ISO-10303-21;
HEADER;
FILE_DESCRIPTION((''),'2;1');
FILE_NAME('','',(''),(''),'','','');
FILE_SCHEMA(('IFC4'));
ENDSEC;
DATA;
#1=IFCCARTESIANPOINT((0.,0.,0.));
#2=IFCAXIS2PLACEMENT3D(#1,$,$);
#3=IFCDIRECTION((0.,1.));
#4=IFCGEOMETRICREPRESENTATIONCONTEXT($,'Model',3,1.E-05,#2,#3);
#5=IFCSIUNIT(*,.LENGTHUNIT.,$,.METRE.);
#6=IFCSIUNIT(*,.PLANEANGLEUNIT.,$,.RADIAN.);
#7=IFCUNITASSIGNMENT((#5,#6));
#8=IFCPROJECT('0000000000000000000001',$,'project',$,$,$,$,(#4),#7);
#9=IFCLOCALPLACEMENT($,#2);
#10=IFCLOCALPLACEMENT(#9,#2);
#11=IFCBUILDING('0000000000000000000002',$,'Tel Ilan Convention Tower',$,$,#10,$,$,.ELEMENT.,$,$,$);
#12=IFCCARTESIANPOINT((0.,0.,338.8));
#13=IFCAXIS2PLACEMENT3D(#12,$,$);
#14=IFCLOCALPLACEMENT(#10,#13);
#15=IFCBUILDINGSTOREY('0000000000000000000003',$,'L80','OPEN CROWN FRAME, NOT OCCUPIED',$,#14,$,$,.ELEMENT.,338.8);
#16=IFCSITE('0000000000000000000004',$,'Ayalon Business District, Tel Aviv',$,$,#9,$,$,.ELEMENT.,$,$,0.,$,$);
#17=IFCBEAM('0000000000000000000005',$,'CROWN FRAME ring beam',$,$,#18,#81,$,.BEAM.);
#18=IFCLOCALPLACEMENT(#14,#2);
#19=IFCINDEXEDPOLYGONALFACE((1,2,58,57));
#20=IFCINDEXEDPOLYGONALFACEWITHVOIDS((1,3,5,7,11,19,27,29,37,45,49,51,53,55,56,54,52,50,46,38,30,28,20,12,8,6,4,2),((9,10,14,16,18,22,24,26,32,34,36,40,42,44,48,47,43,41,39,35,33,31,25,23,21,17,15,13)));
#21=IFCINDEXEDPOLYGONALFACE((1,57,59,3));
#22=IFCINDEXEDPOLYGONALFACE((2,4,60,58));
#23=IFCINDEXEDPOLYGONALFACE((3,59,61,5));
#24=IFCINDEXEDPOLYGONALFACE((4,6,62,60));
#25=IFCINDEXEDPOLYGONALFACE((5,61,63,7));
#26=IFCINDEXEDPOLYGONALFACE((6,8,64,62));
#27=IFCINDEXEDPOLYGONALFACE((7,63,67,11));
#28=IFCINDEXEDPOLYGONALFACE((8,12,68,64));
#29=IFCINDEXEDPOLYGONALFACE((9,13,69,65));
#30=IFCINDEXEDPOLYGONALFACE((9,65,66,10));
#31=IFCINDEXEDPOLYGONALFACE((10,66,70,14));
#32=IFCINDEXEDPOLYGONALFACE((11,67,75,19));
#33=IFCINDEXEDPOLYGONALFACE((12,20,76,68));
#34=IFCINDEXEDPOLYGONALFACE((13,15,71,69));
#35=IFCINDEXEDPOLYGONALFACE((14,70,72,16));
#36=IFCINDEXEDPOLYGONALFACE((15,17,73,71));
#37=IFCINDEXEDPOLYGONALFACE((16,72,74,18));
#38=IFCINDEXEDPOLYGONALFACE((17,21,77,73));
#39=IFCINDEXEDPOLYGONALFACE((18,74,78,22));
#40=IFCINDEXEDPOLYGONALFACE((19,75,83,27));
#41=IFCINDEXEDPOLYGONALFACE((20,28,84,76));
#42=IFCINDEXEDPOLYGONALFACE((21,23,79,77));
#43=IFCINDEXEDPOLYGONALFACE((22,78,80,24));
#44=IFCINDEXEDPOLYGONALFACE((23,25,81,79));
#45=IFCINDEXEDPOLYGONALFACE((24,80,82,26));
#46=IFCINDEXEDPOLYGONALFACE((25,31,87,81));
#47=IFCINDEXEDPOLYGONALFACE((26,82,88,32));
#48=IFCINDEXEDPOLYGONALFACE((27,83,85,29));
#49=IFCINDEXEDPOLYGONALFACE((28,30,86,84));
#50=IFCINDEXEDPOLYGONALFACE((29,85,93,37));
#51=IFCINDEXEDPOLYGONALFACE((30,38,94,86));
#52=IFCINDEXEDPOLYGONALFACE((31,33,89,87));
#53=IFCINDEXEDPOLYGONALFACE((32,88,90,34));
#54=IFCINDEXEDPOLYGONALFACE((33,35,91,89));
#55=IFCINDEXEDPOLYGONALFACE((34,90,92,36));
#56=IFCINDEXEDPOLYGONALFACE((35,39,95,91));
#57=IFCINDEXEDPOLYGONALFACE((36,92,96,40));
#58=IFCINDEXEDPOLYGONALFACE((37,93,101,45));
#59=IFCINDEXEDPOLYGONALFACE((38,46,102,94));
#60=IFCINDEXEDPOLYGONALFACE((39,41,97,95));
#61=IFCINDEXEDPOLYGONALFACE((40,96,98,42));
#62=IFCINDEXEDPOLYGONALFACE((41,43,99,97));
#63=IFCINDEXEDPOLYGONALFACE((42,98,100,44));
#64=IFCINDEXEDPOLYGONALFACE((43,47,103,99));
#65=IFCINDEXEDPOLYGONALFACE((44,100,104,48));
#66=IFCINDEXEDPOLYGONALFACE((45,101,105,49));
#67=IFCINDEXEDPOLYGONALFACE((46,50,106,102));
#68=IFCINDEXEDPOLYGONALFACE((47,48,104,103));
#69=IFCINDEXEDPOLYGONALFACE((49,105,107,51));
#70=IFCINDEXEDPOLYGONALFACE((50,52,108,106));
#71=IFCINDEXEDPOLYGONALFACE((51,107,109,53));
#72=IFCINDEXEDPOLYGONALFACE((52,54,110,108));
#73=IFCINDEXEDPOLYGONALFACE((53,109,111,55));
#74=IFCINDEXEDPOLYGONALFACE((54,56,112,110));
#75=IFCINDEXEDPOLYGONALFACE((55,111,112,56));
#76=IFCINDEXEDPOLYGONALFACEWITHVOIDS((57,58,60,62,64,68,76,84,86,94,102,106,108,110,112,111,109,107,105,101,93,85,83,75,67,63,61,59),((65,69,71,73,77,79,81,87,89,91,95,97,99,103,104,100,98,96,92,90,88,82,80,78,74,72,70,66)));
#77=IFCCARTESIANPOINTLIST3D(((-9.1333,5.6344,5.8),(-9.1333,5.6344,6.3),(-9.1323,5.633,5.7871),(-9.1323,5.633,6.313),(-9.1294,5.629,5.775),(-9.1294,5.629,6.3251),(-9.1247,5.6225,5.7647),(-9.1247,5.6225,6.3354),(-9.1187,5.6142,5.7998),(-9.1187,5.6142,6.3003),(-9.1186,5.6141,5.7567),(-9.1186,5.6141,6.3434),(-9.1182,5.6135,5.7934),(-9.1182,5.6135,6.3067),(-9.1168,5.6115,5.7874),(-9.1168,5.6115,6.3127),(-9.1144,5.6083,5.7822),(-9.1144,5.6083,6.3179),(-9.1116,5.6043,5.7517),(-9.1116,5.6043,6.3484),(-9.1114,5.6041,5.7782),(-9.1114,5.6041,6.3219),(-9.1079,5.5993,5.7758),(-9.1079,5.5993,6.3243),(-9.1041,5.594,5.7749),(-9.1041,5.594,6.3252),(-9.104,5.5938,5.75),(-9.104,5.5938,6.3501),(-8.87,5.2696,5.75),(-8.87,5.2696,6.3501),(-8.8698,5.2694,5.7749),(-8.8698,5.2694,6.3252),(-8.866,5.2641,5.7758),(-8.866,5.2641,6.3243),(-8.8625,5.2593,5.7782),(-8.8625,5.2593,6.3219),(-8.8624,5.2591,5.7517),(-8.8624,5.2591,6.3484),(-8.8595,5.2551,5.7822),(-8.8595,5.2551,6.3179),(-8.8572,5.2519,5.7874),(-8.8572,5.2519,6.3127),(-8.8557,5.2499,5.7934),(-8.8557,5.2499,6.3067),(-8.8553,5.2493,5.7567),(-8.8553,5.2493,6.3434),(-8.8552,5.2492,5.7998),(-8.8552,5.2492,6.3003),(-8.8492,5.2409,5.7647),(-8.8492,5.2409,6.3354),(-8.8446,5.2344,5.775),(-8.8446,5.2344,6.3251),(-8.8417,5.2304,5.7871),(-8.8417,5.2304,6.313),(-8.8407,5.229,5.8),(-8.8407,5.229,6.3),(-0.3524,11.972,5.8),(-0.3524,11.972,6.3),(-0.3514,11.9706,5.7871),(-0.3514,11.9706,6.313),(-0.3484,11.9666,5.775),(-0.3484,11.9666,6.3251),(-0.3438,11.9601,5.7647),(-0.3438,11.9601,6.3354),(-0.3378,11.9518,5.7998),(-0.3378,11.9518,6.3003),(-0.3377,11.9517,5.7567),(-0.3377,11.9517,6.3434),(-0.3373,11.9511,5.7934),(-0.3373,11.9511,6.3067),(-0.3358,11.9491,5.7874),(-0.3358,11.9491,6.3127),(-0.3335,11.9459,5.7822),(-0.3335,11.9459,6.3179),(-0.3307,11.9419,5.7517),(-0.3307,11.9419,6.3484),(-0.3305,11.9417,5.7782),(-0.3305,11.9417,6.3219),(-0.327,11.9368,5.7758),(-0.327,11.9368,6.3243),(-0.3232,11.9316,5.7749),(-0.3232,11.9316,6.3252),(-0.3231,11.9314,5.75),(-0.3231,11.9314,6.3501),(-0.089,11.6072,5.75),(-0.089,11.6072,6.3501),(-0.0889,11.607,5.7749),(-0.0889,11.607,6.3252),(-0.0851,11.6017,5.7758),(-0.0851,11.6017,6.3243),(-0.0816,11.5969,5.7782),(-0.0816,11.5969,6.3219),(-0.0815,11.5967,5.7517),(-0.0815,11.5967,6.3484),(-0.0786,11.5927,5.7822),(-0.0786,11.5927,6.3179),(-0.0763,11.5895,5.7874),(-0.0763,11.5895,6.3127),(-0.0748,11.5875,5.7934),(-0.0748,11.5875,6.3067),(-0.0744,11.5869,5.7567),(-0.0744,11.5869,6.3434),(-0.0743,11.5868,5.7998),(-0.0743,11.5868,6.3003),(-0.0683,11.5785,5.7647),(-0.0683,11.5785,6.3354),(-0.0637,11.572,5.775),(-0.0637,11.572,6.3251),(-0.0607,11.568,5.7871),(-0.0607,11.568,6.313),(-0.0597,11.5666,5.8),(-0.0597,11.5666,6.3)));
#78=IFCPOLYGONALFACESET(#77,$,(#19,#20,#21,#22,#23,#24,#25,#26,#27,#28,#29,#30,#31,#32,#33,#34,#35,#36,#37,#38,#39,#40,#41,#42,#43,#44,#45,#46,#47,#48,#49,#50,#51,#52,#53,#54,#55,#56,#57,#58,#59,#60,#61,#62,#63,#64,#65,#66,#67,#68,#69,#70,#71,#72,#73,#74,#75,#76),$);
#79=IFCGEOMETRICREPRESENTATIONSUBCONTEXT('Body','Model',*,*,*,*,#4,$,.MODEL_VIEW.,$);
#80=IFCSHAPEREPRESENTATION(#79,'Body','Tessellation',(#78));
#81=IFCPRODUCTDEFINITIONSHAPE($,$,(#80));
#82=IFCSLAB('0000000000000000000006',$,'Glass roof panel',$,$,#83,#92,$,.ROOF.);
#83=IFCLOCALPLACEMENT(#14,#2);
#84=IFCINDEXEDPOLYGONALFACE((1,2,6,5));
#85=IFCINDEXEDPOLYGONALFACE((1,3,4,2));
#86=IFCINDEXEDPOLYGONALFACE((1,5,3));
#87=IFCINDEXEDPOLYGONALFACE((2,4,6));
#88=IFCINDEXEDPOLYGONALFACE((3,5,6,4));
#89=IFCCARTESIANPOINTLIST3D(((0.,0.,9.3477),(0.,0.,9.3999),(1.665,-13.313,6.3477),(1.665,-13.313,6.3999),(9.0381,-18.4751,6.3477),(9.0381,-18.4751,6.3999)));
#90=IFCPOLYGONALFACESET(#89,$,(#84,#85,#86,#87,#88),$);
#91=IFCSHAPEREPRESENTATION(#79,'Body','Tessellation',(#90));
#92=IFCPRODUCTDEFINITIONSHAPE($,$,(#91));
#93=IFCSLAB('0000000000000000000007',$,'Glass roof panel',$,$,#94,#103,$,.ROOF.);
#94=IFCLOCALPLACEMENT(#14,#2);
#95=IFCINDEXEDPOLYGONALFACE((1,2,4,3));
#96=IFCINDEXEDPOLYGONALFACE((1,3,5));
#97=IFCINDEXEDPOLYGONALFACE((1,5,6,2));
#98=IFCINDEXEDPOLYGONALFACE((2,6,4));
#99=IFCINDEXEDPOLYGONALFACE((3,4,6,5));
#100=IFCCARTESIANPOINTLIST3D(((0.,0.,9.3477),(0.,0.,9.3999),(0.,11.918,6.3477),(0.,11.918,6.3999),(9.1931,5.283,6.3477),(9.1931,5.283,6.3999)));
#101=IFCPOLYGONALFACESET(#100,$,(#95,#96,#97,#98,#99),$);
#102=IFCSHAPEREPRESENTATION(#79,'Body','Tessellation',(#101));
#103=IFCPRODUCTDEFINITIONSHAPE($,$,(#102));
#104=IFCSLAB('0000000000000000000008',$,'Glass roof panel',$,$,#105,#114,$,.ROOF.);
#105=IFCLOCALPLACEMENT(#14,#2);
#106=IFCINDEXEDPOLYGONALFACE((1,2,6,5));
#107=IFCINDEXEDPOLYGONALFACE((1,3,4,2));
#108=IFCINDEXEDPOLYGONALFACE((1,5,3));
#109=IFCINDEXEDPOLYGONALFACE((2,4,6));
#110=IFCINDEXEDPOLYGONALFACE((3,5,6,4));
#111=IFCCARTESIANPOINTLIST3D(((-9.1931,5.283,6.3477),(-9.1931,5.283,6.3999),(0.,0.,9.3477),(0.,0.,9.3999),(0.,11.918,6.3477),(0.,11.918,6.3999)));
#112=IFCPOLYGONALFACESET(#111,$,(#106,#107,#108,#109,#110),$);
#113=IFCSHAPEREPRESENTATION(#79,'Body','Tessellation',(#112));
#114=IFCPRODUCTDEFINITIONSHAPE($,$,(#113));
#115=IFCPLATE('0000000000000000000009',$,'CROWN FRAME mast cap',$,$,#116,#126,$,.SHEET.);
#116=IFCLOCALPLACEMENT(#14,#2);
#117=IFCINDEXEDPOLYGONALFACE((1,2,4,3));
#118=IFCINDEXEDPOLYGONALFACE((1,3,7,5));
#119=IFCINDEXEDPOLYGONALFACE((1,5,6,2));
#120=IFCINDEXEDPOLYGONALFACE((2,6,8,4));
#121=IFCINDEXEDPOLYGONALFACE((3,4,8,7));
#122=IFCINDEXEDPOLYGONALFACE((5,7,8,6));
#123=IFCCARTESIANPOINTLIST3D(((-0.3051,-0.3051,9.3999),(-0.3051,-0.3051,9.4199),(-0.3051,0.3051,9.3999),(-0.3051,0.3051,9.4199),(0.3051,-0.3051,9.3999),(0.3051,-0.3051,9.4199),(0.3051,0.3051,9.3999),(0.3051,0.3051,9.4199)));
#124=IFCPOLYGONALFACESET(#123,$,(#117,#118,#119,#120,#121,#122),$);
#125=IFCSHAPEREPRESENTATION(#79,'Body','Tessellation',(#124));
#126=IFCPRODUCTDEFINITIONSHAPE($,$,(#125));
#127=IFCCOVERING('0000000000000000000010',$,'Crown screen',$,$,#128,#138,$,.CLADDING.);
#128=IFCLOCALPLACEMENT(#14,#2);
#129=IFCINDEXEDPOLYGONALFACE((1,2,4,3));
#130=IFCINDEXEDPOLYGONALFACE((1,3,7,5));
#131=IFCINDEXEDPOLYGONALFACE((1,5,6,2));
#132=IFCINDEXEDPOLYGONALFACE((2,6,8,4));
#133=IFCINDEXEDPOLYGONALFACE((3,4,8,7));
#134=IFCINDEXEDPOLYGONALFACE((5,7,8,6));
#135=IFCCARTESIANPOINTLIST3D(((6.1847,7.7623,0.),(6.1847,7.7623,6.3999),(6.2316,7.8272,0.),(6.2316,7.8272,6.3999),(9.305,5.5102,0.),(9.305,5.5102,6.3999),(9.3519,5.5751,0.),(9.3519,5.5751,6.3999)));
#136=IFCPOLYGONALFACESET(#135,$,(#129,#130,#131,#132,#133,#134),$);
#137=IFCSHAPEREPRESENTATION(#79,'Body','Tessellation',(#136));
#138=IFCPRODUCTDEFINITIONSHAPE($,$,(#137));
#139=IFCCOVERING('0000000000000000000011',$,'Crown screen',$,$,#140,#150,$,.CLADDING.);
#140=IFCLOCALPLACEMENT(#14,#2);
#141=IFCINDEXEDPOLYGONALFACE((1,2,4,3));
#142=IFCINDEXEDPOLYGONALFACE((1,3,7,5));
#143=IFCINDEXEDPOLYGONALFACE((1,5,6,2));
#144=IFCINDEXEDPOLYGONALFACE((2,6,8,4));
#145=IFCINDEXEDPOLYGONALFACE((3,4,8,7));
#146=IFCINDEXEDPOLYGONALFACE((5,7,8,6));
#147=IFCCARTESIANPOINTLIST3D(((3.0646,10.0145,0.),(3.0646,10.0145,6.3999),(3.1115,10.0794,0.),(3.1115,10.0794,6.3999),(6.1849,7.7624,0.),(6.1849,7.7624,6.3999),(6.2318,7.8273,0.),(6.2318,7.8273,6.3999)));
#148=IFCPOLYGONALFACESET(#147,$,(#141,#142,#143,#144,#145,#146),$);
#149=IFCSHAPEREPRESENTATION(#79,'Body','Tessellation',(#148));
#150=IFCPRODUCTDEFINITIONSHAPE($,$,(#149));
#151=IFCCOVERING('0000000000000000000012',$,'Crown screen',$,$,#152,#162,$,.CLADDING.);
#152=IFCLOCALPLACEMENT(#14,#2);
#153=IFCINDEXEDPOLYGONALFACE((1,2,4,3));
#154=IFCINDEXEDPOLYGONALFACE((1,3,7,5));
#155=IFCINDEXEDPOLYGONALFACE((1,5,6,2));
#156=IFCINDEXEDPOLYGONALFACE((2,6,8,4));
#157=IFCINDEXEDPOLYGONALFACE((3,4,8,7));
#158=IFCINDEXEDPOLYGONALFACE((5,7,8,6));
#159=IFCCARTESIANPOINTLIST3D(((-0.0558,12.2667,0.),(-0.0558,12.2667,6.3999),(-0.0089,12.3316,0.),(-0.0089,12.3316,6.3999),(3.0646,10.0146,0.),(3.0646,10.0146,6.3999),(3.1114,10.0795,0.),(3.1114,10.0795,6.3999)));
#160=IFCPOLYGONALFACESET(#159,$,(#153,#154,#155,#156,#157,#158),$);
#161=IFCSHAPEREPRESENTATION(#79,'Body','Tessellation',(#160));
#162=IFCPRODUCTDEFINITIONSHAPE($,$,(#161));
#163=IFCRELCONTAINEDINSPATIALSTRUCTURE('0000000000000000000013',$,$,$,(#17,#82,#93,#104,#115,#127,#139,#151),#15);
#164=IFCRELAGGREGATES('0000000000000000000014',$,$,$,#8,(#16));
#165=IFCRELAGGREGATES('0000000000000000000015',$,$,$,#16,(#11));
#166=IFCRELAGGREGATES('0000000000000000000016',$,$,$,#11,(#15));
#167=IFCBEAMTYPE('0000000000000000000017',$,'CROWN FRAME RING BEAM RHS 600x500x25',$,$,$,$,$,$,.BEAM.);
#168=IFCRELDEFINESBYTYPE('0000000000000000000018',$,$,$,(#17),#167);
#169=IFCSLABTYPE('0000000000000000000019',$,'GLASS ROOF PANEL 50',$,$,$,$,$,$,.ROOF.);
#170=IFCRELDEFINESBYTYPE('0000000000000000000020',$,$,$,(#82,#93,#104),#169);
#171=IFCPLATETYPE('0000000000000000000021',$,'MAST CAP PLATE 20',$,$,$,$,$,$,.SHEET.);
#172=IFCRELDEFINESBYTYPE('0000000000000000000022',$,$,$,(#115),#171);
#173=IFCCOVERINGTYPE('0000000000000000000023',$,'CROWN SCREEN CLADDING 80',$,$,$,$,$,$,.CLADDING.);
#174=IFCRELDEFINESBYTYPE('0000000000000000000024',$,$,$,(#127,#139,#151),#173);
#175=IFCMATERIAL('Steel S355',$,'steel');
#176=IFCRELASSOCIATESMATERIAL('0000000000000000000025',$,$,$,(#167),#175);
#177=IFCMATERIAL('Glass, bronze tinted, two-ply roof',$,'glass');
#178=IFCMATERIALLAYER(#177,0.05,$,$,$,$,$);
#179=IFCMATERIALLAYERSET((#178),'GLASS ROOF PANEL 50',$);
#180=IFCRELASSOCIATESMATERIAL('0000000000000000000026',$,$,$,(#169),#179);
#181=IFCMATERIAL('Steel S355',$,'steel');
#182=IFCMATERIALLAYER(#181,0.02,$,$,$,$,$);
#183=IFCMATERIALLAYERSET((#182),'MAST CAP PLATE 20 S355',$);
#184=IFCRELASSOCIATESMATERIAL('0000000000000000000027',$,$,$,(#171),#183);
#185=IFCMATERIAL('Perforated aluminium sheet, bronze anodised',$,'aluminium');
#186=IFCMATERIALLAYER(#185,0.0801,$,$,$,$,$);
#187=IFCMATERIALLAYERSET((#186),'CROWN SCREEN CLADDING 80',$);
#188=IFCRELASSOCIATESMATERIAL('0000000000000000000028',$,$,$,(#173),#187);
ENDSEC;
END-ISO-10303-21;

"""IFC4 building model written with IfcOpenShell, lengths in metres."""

from ifc_helpers import new_model, si_unit, direction, frame, origin, origin_2d, place, context, subcontext, project, spatial, polyline, rectangle, hollow_rectangle, outline, extrude, material, layer, layer_set, material_profile, profile_set, type_object, element, save


model = new_model("IFC4")

# Units and contexts
model_context = context("Model", 3, precision=1e-05, world=origin(), true_north=direction((0.0, 1.0)))
body_context = subcontext(model_context, "Body", "Model", "MODEL_VIEW")
ifc_project = project(units=[si_unit("LENGTHUNIT", "METRE"), si_unit("PLANEANGLEUNIT", "RADIAN")], contexts=[model_context])

# Site, building, storey
site_placement = place(None, origin())
site = spatial("IfcSite", under=ifc_project, at=site_placement, Name="Ayalon Business District, Tel Aviv", CompositionType="ELEMENT", RefElevation=0.0)
building_placement = place(site_placement, origin())
building = spatial("IfcBuilding", under=site, at=building_placement, Name="Tel Ilan Convention Tower", CompositionType="ELEMENT")
storey_placement = place(building_placement, frame((0.0, 0.0, 338.8)))
storey = spatial("IfcBuildingStorey", under=building, at=storey_placement, Name="L80", Description="OPEN CROWN FRAME, NOT OCCUPIED", CompositionType="ELEMENT", Elevation=338.8)

# Beam
ifc_material_1 = material(Name="Steel S355", Category="steel")
ifc_material_profile_1 = material_profile(ifc_material_1, hollow_rectangle(XDim=0.5, YDim=0.6001, WallThickness=0.0249, InnerFilletRadius=0.0249, OuterFilletRadius=0.05, at=origin_2d()), Name="RHS 600x500x25")
ifc_profile_set_1 = profile_set([ifc_material_profile_1], Name="Steel S355")
beam_type = type_object("IfcBeamType", Name="CROWN FRAME RING BEAM RHS 600x500x25", PredefinedType="BEAM", material=ifc_profile_set_1)
for number, where, z_axis, x_axis, name in (
    (1, (-0.2061, 11.7693, 6.05), (-0.810863, -0.585236, 0.0), (0.585236, -0.810863, 0.0), "CROWN FRAME ring beam"),
):
    element("IfcBeam", number, at=place(storey_placement, frame(where, z_axis=z_axis, x_axis=x_axis)), inside=storey, type_object=beam_type, Name=name, PredefinedType="BEAM", context=body_context, shape_type="SweptSolid", body=[
        extrude(hollow_rectangle(XDim=0.5, YDim=0.6001, WallThickness=0.0249, InnerFilletRadius=0.0249, OuterFilletRadius=0.05, at=origin_2d()), origin(), (0.0, 0.0, 1.0), 10.8291),
    ])

# Slabs
ifc_material_2 = material(Name="Glass, bronze tinted, two-ply roof", Category="glass")
ifc_layer_1 = layer(ifc_material_2, 0.05)
ifc_layer_set_1 = layer_set([ifc_layer_1], Name="GLASS ROOF PANEL 50")
slab_type = type_object("IfcSlabType", Name="GLASS ROOF PANEL 50", PredefinedType="ROOF", material=ifc_layer_set_1)
slab_1_placement = place(storey_placement, frame((1.665, -13.313, 6.3999), z_axis=(-0.165551, -0.236457, 0.957434), x_axis=(0.819181, -0.573535, 0.0)))
element("IfcSlab", 2, at=slab_1_placement, inside=storey, type_object=slab_type, Name="Glass roof panel", PredefinedType="ROOF", context=body_context, shape_type="SweptSolid", body=[
    extrude(outline(polyline([(0.0, 0.0), (9.0005, 0.0), (-8.9994, 10.3932), (0.0, 0.0)])), origin(), (0.0, -0.288651, -0.957434), 0.0522),
])
slab_2_placement = place(storey_placement, frame((9.1931, 5.283, 6.3999), z_axis=(0.173508, 0.240403, 0.95504), x_axis=(-0.810866, 0.585232, 0.0)))
element("IfcSlab", 3, at=slab_2_placement, inside=storey, type_object=slab_type, Name="Glass roof panel", PredefinedType="ROOF", context=body_context, shape_type="SweptSolid", body=[
    extrude(outline(polyline([(0.0, 0.0), (11.3374, 0.0), (4.3626, 10.1188), (0.0, 0.0)])), origin(), (0.0, -0.296477, -0.95504), 0.0522),
])
slab_3_placement = place(storey_placement, frame((0.0, 11.918, 6.3999), z_axis=(-0.173508, 0.240403, 0.95504), x_axis=(-0.810866, -0.585232, 0.0)))
element("IfcSlab", 4, at=slab_3_placement, inside=storey, type_object=slab_type, Name="Glass roof panel", PredefinedType="ROOF", context=body_context, shape_type="SweptSolid", body=[
    extrude(outline(polyline([(0.0, 0.0), (11.3374, 0.0), (6.9748, 10.1188), (0.0, 0.0)])), origin(), (0.0, -0.296477, -0.95504), 0.0522),
])

# Plate
ifc_material_3 = material(Name="Steel S355", Category="steel")
ifc_layer_2 = layer(ifc_material_3, 0.02)
ifc_layer_set_2 = layer_set([ifc_layer_2], Name="MAST CAP PLATE 20 S355")
plate_type = type_object("IfcPlateType", Name="MAST CAP PLATE 20", PredefinedType="SHEET", material=ifc_layer_set_2)
plate_placement = place(storey_placement, frame((0.0, 0.0, 9.3999), z_axis=(0.0, 0.0, 1.0), x_axis=(1.0, 0.0, 0.0)))
element("IfcPlate", 5, at=plate_placement, inside=storey, type_object=plate_type, Name="CROWN FRAME mast cap", PredefinedType="SHEET", context=body_context, shape_type="SweptSolid", body=[
    extrude(rectangle(XDim=0.6101, YDim=0.6101, at=origin_2d()), origin(), (0.0, 0.0, 1.0), 0.02),
])

# Coverings
ifc_material_4 = material(Name="Perforated aluminium sheet, bronze anodised", Category="aluminium")
ifc_layer_3 = layer(ifc_material_4, 0.0801)
ifc_layer_set_3 = layer_set([ifc_layer_3], Name="CROWN SCREEN CLADDING 80")
covering_type = type_object("IfcCoveringType", Name="CROWN SCREEN CLADDING 80", PredefinedType="CLADDING", material=ifc_layer_set_3)
for number, where, z_axis, x_axis, name in (
    (6, (7.7683, 6.6687, 0.0), (0.0, 0.0, 1.0), (-0.810863, 0.585236, 0.0), "Crown screen"),
    (7, (4.6482, 8.9209, 0.0), (0.0, 0.0, 1.0), (-0.810863, 0.585236, 0.0), "Crown screen"),
    (8, (1.5278, 11.1731, 0.0), (0.0, 0.0, 1.0), (-0.810863, 0.585236, 0.0), "Crown screen"),
):
    element("IfcCovering", number, at=place(storey_placement, frame(where, z_axis=z_axis, x_axis=x_axis)), inside=storey, type_object=covering_type, Name=name, PredefinedType="CLADDING", context=body_context, shape_type="SweptSolid", body=[
        extrude(rectangle(XDim=3.8481, YDim=0.0801, at=origin_2d()), origin(), (0.0, 0.0, 1.0), 6.3999),
    ])

save(model, "model.ifc")
